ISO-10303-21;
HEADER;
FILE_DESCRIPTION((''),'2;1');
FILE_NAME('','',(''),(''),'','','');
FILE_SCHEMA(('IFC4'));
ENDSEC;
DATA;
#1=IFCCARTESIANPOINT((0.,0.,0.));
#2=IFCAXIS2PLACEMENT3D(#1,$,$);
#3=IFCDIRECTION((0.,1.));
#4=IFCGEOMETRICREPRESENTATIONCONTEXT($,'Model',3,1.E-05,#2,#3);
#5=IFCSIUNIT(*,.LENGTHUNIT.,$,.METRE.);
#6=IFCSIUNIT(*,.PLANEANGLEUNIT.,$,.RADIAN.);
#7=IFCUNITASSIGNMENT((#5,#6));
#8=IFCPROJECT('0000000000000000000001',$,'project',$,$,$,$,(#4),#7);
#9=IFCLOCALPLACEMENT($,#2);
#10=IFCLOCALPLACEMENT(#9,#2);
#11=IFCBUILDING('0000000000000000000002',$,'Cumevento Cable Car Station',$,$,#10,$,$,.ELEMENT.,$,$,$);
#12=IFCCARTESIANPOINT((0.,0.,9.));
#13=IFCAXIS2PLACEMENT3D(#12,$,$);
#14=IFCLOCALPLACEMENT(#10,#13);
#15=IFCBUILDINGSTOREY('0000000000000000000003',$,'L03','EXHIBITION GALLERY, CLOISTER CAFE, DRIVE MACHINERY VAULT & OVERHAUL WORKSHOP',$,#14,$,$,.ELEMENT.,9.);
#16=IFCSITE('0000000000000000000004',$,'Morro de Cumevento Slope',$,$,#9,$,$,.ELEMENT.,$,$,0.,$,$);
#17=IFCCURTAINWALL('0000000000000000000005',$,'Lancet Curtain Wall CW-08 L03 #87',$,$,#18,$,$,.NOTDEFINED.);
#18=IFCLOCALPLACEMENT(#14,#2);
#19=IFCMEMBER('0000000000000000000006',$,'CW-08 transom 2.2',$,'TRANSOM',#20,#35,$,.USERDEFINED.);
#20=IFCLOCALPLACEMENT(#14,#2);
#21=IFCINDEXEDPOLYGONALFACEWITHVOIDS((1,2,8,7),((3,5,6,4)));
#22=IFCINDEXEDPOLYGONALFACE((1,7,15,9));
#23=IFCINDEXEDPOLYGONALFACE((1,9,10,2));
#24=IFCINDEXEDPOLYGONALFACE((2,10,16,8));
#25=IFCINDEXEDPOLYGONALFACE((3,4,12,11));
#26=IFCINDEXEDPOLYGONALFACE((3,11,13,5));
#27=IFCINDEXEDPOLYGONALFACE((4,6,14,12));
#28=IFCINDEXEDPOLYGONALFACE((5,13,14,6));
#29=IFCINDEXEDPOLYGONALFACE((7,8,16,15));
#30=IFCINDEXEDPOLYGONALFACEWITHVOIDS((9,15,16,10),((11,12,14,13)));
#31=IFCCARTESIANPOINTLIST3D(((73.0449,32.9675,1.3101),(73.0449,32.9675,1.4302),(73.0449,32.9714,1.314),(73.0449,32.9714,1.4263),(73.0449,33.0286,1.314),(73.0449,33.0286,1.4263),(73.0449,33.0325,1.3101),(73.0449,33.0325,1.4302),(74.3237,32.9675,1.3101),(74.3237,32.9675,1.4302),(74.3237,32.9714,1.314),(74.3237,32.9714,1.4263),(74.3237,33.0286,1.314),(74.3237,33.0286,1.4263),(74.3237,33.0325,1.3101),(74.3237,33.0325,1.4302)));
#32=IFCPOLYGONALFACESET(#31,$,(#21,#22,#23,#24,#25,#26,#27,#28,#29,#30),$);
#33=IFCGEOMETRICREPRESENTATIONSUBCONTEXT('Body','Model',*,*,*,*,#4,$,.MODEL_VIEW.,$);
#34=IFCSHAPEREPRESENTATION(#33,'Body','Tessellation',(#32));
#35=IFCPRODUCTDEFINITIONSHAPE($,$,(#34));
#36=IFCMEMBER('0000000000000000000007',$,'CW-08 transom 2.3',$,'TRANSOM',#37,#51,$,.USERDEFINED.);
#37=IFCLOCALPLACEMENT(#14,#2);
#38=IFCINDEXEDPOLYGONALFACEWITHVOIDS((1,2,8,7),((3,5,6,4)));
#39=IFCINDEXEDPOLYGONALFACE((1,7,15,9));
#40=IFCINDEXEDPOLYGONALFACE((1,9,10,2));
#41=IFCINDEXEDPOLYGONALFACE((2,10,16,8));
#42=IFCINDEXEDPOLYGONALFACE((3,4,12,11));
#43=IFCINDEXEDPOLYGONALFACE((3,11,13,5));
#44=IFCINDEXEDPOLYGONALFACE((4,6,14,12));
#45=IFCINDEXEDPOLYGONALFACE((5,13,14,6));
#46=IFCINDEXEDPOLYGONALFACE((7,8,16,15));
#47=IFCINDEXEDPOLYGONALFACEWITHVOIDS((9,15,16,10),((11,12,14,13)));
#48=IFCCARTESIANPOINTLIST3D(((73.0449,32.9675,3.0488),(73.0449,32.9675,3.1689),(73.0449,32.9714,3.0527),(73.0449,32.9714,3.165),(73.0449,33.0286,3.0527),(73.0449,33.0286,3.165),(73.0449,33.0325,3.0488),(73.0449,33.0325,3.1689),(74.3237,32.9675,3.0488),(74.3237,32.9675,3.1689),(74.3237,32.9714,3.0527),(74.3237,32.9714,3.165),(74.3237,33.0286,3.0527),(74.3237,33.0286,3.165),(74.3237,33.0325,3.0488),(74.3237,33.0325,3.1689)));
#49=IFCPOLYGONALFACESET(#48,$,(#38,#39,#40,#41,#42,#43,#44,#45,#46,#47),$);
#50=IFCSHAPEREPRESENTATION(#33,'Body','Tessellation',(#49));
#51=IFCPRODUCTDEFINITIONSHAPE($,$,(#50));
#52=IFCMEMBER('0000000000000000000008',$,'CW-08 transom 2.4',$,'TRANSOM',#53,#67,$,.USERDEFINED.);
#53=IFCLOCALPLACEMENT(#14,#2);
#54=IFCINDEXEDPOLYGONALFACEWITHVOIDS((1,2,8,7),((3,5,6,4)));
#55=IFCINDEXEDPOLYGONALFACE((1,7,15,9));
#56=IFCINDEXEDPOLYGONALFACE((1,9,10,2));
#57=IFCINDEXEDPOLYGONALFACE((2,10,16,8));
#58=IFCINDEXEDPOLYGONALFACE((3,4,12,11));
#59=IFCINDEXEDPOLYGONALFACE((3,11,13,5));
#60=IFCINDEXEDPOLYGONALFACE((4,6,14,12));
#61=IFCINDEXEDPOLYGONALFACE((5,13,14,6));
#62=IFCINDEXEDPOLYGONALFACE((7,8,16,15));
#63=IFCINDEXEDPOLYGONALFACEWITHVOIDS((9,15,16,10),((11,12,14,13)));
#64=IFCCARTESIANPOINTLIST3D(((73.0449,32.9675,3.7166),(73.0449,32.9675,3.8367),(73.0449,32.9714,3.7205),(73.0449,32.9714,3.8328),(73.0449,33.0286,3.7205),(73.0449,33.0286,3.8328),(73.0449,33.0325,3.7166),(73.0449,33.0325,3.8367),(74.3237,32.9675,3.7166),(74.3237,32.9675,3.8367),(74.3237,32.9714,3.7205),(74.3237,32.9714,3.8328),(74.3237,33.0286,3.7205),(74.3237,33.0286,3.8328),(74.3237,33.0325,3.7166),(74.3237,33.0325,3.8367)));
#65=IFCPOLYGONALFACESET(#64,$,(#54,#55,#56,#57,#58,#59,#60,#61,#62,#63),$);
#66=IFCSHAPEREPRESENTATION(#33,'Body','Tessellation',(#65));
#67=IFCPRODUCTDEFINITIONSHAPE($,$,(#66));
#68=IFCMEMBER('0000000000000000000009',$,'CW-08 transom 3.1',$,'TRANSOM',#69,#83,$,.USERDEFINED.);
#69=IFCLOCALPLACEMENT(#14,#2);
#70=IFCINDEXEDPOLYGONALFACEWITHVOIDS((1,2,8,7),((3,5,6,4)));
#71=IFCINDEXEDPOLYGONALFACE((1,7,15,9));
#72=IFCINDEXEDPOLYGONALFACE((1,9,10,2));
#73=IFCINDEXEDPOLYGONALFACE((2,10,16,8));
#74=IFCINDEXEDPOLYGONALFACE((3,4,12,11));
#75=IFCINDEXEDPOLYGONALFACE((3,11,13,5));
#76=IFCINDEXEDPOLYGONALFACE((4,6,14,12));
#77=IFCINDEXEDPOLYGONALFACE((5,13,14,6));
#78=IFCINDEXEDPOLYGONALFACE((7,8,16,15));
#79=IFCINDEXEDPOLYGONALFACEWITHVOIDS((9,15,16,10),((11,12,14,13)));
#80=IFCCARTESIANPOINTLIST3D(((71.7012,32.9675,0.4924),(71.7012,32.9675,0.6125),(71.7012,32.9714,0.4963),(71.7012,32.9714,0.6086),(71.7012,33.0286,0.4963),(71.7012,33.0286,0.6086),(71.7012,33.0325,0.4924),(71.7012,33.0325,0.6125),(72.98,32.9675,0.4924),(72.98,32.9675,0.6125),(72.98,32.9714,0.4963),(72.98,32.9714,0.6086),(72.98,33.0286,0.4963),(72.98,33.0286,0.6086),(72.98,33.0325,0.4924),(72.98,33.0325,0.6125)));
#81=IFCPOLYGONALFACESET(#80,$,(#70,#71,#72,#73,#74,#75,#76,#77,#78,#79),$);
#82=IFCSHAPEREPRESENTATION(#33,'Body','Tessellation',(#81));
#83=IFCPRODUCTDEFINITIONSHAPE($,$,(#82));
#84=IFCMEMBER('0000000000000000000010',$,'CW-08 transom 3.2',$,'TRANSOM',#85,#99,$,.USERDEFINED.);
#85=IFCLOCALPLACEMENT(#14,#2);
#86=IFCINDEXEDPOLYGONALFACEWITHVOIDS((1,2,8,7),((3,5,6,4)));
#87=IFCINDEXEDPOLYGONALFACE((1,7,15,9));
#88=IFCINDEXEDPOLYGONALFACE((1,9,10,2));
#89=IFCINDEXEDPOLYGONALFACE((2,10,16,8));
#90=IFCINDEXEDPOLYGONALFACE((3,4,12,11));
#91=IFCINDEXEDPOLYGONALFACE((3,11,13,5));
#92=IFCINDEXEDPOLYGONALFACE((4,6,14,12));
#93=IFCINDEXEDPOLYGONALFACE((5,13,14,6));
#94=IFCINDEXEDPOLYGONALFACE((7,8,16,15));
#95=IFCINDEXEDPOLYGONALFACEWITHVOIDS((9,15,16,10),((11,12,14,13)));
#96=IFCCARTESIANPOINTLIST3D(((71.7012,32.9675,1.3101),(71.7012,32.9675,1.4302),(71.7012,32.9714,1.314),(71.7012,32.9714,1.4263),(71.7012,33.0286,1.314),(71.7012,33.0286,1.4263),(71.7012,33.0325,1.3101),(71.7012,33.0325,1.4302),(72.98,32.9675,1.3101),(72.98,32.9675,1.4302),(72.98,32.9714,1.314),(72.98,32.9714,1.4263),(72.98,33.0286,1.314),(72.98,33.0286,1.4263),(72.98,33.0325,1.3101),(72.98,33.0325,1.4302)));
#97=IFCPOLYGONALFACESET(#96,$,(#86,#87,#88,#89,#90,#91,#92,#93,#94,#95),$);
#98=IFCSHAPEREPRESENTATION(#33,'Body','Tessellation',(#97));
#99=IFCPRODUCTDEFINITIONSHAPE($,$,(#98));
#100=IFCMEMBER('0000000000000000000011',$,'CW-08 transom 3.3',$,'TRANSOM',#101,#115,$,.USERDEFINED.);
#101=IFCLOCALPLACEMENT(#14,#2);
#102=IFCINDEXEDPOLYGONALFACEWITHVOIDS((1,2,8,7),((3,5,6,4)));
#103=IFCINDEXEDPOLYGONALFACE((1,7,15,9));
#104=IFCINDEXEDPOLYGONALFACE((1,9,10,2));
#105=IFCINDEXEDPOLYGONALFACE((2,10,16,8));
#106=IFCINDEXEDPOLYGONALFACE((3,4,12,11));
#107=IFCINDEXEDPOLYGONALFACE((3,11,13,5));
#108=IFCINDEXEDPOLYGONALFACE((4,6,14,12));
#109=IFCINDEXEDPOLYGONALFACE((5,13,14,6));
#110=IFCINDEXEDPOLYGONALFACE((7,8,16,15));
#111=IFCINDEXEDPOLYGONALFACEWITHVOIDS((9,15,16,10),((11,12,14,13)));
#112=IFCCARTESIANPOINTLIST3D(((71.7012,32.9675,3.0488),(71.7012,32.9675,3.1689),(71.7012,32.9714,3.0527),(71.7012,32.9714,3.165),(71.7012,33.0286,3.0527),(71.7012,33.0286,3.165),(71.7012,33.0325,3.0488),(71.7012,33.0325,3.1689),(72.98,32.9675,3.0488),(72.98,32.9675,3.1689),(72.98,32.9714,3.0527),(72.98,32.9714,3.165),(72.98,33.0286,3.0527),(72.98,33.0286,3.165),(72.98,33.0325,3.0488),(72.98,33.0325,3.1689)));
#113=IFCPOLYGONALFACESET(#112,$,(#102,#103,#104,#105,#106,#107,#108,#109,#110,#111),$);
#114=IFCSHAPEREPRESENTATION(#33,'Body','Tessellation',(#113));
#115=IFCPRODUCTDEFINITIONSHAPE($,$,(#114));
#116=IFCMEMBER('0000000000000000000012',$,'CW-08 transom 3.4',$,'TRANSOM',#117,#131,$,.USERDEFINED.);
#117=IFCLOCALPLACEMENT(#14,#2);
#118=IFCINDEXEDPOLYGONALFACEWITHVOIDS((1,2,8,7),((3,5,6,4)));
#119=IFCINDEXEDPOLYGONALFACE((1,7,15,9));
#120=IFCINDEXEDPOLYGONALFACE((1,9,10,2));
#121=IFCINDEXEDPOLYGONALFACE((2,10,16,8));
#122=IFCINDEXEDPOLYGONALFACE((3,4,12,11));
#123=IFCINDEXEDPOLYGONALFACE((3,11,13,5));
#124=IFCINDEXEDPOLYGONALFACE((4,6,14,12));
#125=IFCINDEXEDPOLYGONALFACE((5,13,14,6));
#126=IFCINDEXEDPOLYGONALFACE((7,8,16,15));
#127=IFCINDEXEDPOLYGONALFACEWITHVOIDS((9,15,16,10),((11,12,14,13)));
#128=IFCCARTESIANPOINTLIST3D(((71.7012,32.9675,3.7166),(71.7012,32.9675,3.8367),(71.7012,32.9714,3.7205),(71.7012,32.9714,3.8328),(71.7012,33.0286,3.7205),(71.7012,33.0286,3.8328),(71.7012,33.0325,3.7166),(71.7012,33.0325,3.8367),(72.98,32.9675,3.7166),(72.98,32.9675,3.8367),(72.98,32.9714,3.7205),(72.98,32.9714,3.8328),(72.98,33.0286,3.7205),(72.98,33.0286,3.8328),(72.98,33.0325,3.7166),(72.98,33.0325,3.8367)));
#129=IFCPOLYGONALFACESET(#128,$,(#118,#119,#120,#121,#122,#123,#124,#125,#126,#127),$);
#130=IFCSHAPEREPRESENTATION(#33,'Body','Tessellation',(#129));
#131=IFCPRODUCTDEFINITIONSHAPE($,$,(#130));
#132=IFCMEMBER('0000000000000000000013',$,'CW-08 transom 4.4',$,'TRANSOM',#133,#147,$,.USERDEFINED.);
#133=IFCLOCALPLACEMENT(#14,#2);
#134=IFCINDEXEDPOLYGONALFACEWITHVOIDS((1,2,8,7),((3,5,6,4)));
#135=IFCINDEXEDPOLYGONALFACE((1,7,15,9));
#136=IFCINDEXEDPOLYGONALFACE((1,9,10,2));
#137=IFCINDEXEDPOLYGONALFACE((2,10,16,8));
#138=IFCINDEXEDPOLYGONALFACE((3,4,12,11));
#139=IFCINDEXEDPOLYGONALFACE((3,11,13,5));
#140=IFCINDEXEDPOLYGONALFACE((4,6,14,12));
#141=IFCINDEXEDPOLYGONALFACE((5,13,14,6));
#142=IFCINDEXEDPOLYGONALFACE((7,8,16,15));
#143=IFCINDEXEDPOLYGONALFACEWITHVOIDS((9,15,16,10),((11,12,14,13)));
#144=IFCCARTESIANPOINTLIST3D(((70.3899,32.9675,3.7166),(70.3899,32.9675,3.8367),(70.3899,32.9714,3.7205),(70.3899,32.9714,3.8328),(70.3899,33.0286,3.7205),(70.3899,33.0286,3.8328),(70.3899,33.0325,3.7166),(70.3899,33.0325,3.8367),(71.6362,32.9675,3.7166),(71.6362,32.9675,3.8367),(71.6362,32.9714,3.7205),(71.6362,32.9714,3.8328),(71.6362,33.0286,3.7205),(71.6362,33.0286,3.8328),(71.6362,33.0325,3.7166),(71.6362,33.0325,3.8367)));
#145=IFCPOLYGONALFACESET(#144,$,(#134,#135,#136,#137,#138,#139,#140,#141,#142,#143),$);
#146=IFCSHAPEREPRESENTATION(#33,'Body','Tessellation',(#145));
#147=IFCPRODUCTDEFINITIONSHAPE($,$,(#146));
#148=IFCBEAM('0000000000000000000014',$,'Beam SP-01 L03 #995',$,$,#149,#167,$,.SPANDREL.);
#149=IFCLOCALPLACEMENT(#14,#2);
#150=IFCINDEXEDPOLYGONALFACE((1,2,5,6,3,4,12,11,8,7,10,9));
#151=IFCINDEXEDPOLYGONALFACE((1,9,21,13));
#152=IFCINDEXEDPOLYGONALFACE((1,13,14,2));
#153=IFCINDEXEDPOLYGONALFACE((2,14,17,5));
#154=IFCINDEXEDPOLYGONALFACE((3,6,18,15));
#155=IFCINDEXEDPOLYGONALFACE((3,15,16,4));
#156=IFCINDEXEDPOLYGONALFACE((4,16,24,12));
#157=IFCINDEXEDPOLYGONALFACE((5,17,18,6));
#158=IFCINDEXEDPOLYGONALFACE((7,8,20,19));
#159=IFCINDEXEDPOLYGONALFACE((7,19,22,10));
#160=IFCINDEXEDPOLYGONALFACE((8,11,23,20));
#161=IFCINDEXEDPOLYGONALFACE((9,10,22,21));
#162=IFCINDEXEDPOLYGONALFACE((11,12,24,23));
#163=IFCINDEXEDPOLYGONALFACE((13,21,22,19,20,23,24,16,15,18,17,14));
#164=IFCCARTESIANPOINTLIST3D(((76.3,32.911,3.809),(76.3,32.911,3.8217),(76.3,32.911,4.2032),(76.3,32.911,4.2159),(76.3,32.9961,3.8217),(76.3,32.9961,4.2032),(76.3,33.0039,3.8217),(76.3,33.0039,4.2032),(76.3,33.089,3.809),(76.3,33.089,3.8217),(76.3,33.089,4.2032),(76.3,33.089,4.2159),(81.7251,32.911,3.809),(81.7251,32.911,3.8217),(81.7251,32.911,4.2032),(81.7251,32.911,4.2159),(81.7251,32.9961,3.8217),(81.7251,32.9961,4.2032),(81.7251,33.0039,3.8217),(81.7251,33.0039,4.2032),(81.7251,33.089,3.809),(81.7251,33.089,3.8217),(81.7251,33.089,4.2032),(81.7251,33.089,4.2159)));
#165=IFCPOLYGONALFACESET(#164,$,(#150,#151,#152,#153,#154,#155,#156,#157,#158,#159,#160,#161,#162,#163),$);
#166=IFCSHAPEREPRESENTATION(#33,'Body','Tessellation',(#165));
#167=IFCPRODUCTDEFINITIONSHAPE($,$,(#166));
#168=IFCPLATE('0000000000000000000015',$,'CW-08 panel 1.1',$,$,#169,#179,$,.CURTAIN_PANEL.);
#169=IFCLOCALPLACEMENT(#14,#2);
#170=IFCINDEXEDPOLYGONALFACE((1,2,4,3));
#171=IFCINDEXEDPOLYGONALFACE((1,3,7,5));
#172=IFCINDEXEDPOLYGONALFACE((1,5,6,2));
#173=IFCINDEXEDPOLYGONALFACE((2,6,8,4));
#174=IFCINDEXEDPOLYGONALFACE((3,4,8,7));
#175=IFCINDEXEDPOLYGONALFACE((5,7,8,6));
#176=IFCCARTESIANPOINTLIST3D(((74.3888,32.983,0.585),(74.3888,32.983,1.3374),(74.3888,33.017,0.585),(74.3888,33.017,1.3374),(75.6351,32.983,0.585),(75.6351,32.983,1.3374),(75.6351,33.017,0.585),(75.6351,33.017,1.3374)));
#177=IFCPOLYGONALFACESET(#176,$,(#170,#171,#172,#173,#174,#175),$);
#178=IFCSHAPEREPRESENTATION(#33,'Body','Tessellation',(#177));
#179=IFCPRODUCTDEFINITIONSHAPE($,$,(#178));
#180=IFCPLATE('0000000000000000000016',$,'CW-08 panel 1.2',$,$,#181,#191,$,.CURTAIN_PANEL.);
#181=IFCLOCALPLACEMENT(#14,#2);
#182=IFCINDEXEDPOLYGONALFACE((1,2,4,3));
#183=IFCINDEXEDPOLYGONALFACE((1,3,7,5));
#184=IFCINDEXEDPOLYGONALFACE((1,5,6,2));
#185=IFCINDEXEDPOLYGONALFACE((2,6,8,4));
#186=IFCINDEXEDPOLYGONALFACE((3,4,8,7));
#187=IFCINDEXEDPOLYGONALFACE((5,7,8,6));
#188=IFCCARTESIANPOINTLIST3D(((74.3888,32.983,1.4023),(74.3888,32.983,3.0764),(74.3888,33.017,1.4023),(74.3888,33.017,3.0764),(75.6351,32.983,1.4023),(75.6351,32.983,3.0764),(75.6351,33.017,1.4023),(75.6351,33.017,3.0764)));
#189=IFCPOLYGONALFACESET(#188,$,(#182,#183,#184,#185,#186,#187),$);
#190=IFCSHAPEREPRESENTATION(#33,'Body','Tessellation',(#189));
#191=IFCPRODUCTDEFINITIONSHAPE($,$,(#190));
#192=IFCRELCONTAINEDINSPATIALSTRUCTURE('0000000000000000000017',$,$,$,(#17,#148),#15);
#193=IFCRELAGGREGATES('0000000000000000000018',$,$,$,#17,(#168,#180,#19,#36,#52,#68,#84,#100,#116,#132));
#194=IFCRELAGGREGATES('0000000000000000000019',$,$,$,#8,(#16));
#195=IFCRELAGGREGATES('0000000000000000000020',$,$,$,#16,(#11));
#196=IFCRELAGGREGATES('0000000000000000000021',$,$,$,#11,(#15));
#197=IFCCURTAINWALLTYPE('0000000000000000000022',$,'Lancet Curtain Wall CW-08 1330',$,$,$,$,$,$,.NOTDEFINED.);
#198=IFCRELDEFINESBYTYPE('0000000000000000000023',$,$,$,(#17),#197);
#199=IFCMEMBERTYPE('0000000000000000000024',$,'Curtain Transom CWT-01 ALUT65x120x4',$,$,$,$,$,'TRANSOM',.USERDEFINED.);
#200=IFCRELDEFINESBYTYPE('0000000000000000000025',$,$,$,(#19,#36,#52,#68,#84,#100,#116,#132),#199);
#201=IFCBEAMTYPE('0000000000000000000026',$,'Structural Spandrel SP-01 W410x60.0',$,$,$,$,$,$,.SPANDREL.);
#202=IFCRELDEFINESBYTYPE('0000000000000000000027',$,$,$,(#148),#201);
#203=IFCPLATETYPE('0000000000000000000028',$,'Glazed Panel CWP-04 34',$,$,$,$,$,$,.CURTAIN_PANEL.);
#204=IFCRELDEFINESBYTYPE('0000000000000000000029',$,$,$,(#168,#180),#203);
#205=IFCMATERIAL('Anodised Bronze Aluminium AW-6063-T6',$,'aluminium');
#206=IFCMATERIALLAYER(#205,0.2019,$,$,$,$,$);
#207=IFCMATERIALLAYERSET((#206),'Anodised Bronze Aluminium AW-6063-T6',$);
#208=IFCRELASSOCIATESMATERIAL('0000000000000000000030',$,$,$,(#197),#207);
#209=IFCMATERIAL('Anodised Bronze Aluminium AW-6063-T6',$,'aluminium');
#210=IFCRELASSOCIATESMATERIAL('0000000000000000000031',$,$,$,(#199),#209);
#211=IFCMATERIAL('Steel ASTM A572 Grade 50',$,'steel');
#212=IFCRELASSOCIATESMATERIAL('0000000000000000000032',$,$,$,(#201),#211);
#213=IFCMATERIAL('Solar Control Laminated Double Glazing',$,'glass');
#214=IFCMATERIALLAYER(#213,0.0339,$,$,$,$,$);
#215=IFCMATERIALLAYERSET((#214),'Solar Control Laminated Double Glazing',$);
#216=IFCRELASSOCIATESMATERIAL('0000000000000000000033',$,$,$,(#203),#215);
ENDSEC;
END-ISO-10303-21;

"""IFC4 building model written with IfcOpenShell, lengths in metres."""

from ifc_helpers import new_model, si_unit, direction, frame, origin, origin_2d, place, context, subcontext, project, spatial, rectangle, hollow_rectangle, i_section, extrude, material, layer, layer_set, material_profile, profile_set, type_object, element, aggregate, save


model = new_model("IFC4")

# Units and contexts
model_context = context("Model", 3, precision=1e-05, world=origin(), true_north=direction((0.0, 1.0)))
body_context = subcontext(model_context, "Body", "Model", "MODEL_VIEW")
ifc_project = project(units=[si_unit("LENGTHUNIT", "METRE"), si_unit("PLANEANGLEUNIT", "RADIAN")], contexts=[model_context])

# Site, building, storey
site_placement = place(None, origin())
site = spatial("IfcSite", under=ifc_project, at=site_placement, Name="Morro de Cumevento Slope", CompositionType="ELEMENT", RefElevation=0.0)
building_placement = place(site_placement, origin())
building = spatial("IfcBuilding", under=site, at=building_placement, Name="Cumevento Cable Car Station", CompositionType="ELEMENT")
storey_placement = place(building_placement, frame((0.0, 0.0, 9.0)))
storey = spatial("IfcBuildingStorey", under=building, at=storey_placement, Name="L03", Description="EXHIBITION GALLERY, CLOISTER CAFE, DRIVE MACHINERY VAULT & OVERHAUL WORKSHOP", CompositionType="ELEMENT", Elevation=9.0)

# Curtain wall
ifc_material_1 = material(Name="Anodised Bronze Aluminium AW-6063-T6", Category="aluminium")
ifc_layer_1 = layer(ifc_material_1, 0.2019)
ifc_layer_set_1 = layer_set([ifc_layer_1], Name="Anodised Bronze Aluminium AW-6063-T6")
curtain_wall_type_1 = type_object("IfcCurtainWallType", Name="Lancet Curtain Wall CW-08 1330", PredefinedType="NOTDEFINED", material=ifc_layer_set_1)
curtain_wall_1_placement = place(storey_placement, origin())
curtain_wall_1 = element("IfcCurtainWall", 1, at=curtain_wall_1_placement, inside=storey, type_object=curtain_wall_type_1, Name="Lancet Curtain Wall CW-08 L03 #87", PredefinedType="NOTDEFINED")

# Members
ifc_material_2 = material(Name="Anodised Bronze Aluminium AW-6063-T6", Category="aluminium")
ifc_material_profile_1 = material_profile(ifc_material_2, hollow_rectangle(XDim=0.0649, YDim=0.1201, WallThickness=0.0039, at=origin_2d()), Name="ALUT65x120x4")
ifc_profile_set_1 = profile_set([ifc_material_profile_1], Name="Anodised Bronze Aluminium AW-6063-T6")
member_type_1 = type_object("IfcMemberType", Name="Curtain Transom CWT-01 ALUT65x120x4", ElementType="TRANSOM", PredefinedType="USERDEFINED", material=ifc_profile_set_1)
member_1_placement = place(storey_placement, frame((74.3237, 33.0, 1.3701), z_axis=(-1.0, 0.0, 0.0), x_axis=(0.0, -1.0, 0.0)))
member_1 = element("IfcMember", 2, at=member_1_placement, type_object=member_type_1, Name="CW-08 transom 2.2", ObjectType="TRANSOM", PredefinedType="USERDEFINED", context=body_context, shape_type="SweptSolid", body=[
    extrude(hollow_rectangle(XDim=0.0649, YDim=0.1201, WallThickness=0.0039, at=origin_2d()), origin(), (0.0, 0.0, 1.0), 1.2788),
])
member_2_placement = place(storey_placement, frame((74.3237, 33.0, 3.1089), z_axis=(-1.0, 0.0, 0.0), x_axis=(0.0, -1.0, 0.0)))
member_2 = element("IfcMember", 3, at=member_2_placement, type_object=member_type_1, Name="CW-08 transom 2.3", ObjectType="TRANSOM", PredefinedType="USERDEFINED", context=body_context, shape_type="SweptSolid", body=[
    extrude(hollow_rectangle(XDim=0.0649, YDim=0.1201, WallThickness=0.0039, at=origin_2d()), origin(), (0.0, 0.0, 1.0), 1.2788),
])
member_3_placement = place(storey_placement, frame((74.3237, 33.0, 3.7766), z_axis=(-1.0, 0.0, 0.0), x_axis=(0.0, -1.0, 0.0)))
member_3 = element("IfcMember", 4, at=member_3_placement, type_object=member_type_1, Name="CW-08 transom 2.4", ObjectType="TRANSOM", PredefinedType="USERDEFINED", context=body_context, shape_type="SweptSolid", body=[
    extrude(hollow_rectangle(XDim=0.0649, YDim=0.1201, WallThickness=0.0039, at=origin_2d()), origin(), (0.0, 0.0, 1.0), 1.2788),
])
member_4_placement = place(storey_placement, frame((72.98, 33.0, 0.5525), z_axis=(-1.0, 0.0, 0.0), x_axis=(0.0, -1.0, 0.0)))
member_4 = element("IfcMember", 5, at=member_4_placement, type_object=member_type_1, Name="CW-08 transom 3.1", ObjectType="TRANSOM", PredefinedType="USERDEFINED", context=body_context, shape_type="SweptSolid", body=[
    extrude(hollow_rectangle(XDim=0.0649, YDim=0.1201, WallThickness=0.0039, at=origin_2d()), origin(), (0.0, 0.0, 1.0), 1.2788),
])
member_5_placement = place(storey_placement, frame((72.98, 33.0, 1.3701), z_axis=(-1.0, 0.0, 0.0), x_axis=(0.0, -1.0, 0.0)))
member_5 = element("IfcMember", 6, at=member_5_placement, type_object=member_type_1, Name="CW-08 transom 3.2", ObjectType="TRANSOM", PredefinedType="USERDEFINED", context=body_context, shape_type="SweptSolid", body=[
    extrude(hollow_rectangle(XDim=0.0649, YDim=0.1201, WallThickness=0.0039, at=origin_2d()), origin(), (0.0, 0.0, 1.0), 1.2788),
])
member_6_placement = place(storey_placement, frame((72.98, 33.0, 3.1089), z_axis=(-1.0, 0.0, 0.0), x_axis=(0.0, -1.0, 0.0)))
member_6 = element("IfcMember", 7, at=member_6_placement, type_object=member_type_1, Name="CW-08 transom 3.3", ObjectType="TRANSOM", PredefinedType="USERDEFINED", context=body_context, shape_type="SweptSolid", body=[
    extrude(hollow_rectangle(XDim=0.0649, YDim=0.1201, WallThickness=0.0039, at=origin_2d()), origin(), (0.0, 0.0, 1.0), 1.2788),
])
member_7_placement = place(storey_placement, frame((72.98, 33.0, 3.7766), z_axis=(-1.0, 0.0, 0.0), x_axis=(0.0, -1.0, 0.0)))
member_7 = element("IfcMember", 8, at=member_7_placement, type_object=member_type_1, Name="CW-08 transom 3.4", ObjectType="TRANSOM", PredefinedType="USERDEFINED", context=body_context, shape_type="SweptSolid", body=[
    extrude(hollow_rectangle(XDim=0.0649, YDim=0.1201, WallThickness=0.0039, at=origin_2d()), origin(), (0.0, 0.0, 1.0), 1.2788),
])
member_8_placement = place(storey_placement, frame((71.6362, 33.0, 3.7766), z_axis=(-1.0, 0.0, 0.0), x_axis=(0.0, -1.0, 0.0)))
member_8 = element("IfcMember", 9, at=member_8_placement, type_object=member_type_1, Name="CW-08 transom 4.4", ObjectType="TRANSOM", PredefinedType="USERDEFINED", context=body_context, shape_type="SweptSolid", body=[
    extrude(hollow_rectangle(XDim=0.0649, YDim=0.1201, WallThickness=0.0039, at=origin_2d()), origin(), (0.0, 0.0, 1.0), 1.2463),
])

# Beam
ifc_material_3 = material(Name="Steel ASTM A572 Grade 50", Category="steel")
ifc_material_profile_2 = material_profile(ifc_material_3, i_section(OverallWidth=0.178, OverallDepth=0.407, WebThickness=0.0078, FlangeThickness=0.0127, at=origin_2d()), Name="W410x60.0")
ifc_profile_set_2 = profile_set([ifc_material_profile_2], Name="Steel ASTM A572 Grade 50")
beam_type = type_object("IfcBeamType", Name="Structural Spandrel SP-01 W410x60.0", PredefinedType="SPANDREL", material=ifc_profile_set_2)
beam_placement = place(storey_placement, frame((76.3, 33.0, 4.0125), z_axis=(1.0, 0.0, 0.0), x_axis=(0.0, 1.0, 0.0)))
element("IfcBeam", 10, at=beam_placement, inside=storey, type_object=beam_type, Name="Beam SP-01 L03 #995", PredefinedType="SPANDREL", context=body_context, shape_type="SweptSolid", body=[
    extrude(i_section(OverallWidth=0.178, OverallDepth=0.407, WebThickness=0.0078, FlangeThickness=0.0127, at=origin_2d()), origin(), (0.0, 0.0, 1.0), 5.425),
])

# Plates
ifc_material_4 = material(Name="Solar Control Laminated Double Glazing", Category="glass")
ifc_layer_2 = layer(ifc_material_4, 0.0339)
ifc_layer_set_2 = layer_set([ifc_layer_2], Name="Solar Control Laminated Double Glazing")
plate_type_1 = type_object("IfcPlateType", Name="Glazed Panel CWP-04 34", PredefinedType="CURTAIN_PANEL", material=ifc_layer_set_2)
plate_1_placement = place(storey_placement, frame((75.012, 33.0, 0.585), z_axis=(0.0, 0.0, 1.0), x_axis=(-1.0, 0.0, 0.0)))
plate_1 = element("IfcPlate", 11, at=plate_1_placement, type_object=plate_type_1, Name="CW-08 panel 1.1", PredefinedType="CURTAIN_PANEL", context=body_context, shape_type="SweptSolid", body=[
    extrude(rectangle(XDim=1.2463, YDim=0.0339, at=origin_2d()), origin(), (0.0, 0.0, 1.0), 0.7524),
])
plate_2_placement = place(storey_placement, frame((75.012, 33.0, 1.4023), z_axis=(0.0, 0.0, 1.0), x_axis=(-1.0, 0.0, 0.0)))
plate_2 = element("IfcPlate", 12, at=plate_2_placement, type_object=plate_type_1, Name="CW-08 panel 1.2", PredefinedType="CURTAIN_PANEL", context=body_context, shape_type="SweptSolid", body=[
    extrude(rectangle(XDim=1.2463, YDim=0.0339, at=origin_2d()), origin(), (0.0, 0.0, 1.0), 1.6741),
])
aggregate(curtain_wall_1, [plate_1, plate_2, member_1, member_2, member_3, member_4, member_5, member_6, member_7, member_8])

save(model, "model.ifc")
